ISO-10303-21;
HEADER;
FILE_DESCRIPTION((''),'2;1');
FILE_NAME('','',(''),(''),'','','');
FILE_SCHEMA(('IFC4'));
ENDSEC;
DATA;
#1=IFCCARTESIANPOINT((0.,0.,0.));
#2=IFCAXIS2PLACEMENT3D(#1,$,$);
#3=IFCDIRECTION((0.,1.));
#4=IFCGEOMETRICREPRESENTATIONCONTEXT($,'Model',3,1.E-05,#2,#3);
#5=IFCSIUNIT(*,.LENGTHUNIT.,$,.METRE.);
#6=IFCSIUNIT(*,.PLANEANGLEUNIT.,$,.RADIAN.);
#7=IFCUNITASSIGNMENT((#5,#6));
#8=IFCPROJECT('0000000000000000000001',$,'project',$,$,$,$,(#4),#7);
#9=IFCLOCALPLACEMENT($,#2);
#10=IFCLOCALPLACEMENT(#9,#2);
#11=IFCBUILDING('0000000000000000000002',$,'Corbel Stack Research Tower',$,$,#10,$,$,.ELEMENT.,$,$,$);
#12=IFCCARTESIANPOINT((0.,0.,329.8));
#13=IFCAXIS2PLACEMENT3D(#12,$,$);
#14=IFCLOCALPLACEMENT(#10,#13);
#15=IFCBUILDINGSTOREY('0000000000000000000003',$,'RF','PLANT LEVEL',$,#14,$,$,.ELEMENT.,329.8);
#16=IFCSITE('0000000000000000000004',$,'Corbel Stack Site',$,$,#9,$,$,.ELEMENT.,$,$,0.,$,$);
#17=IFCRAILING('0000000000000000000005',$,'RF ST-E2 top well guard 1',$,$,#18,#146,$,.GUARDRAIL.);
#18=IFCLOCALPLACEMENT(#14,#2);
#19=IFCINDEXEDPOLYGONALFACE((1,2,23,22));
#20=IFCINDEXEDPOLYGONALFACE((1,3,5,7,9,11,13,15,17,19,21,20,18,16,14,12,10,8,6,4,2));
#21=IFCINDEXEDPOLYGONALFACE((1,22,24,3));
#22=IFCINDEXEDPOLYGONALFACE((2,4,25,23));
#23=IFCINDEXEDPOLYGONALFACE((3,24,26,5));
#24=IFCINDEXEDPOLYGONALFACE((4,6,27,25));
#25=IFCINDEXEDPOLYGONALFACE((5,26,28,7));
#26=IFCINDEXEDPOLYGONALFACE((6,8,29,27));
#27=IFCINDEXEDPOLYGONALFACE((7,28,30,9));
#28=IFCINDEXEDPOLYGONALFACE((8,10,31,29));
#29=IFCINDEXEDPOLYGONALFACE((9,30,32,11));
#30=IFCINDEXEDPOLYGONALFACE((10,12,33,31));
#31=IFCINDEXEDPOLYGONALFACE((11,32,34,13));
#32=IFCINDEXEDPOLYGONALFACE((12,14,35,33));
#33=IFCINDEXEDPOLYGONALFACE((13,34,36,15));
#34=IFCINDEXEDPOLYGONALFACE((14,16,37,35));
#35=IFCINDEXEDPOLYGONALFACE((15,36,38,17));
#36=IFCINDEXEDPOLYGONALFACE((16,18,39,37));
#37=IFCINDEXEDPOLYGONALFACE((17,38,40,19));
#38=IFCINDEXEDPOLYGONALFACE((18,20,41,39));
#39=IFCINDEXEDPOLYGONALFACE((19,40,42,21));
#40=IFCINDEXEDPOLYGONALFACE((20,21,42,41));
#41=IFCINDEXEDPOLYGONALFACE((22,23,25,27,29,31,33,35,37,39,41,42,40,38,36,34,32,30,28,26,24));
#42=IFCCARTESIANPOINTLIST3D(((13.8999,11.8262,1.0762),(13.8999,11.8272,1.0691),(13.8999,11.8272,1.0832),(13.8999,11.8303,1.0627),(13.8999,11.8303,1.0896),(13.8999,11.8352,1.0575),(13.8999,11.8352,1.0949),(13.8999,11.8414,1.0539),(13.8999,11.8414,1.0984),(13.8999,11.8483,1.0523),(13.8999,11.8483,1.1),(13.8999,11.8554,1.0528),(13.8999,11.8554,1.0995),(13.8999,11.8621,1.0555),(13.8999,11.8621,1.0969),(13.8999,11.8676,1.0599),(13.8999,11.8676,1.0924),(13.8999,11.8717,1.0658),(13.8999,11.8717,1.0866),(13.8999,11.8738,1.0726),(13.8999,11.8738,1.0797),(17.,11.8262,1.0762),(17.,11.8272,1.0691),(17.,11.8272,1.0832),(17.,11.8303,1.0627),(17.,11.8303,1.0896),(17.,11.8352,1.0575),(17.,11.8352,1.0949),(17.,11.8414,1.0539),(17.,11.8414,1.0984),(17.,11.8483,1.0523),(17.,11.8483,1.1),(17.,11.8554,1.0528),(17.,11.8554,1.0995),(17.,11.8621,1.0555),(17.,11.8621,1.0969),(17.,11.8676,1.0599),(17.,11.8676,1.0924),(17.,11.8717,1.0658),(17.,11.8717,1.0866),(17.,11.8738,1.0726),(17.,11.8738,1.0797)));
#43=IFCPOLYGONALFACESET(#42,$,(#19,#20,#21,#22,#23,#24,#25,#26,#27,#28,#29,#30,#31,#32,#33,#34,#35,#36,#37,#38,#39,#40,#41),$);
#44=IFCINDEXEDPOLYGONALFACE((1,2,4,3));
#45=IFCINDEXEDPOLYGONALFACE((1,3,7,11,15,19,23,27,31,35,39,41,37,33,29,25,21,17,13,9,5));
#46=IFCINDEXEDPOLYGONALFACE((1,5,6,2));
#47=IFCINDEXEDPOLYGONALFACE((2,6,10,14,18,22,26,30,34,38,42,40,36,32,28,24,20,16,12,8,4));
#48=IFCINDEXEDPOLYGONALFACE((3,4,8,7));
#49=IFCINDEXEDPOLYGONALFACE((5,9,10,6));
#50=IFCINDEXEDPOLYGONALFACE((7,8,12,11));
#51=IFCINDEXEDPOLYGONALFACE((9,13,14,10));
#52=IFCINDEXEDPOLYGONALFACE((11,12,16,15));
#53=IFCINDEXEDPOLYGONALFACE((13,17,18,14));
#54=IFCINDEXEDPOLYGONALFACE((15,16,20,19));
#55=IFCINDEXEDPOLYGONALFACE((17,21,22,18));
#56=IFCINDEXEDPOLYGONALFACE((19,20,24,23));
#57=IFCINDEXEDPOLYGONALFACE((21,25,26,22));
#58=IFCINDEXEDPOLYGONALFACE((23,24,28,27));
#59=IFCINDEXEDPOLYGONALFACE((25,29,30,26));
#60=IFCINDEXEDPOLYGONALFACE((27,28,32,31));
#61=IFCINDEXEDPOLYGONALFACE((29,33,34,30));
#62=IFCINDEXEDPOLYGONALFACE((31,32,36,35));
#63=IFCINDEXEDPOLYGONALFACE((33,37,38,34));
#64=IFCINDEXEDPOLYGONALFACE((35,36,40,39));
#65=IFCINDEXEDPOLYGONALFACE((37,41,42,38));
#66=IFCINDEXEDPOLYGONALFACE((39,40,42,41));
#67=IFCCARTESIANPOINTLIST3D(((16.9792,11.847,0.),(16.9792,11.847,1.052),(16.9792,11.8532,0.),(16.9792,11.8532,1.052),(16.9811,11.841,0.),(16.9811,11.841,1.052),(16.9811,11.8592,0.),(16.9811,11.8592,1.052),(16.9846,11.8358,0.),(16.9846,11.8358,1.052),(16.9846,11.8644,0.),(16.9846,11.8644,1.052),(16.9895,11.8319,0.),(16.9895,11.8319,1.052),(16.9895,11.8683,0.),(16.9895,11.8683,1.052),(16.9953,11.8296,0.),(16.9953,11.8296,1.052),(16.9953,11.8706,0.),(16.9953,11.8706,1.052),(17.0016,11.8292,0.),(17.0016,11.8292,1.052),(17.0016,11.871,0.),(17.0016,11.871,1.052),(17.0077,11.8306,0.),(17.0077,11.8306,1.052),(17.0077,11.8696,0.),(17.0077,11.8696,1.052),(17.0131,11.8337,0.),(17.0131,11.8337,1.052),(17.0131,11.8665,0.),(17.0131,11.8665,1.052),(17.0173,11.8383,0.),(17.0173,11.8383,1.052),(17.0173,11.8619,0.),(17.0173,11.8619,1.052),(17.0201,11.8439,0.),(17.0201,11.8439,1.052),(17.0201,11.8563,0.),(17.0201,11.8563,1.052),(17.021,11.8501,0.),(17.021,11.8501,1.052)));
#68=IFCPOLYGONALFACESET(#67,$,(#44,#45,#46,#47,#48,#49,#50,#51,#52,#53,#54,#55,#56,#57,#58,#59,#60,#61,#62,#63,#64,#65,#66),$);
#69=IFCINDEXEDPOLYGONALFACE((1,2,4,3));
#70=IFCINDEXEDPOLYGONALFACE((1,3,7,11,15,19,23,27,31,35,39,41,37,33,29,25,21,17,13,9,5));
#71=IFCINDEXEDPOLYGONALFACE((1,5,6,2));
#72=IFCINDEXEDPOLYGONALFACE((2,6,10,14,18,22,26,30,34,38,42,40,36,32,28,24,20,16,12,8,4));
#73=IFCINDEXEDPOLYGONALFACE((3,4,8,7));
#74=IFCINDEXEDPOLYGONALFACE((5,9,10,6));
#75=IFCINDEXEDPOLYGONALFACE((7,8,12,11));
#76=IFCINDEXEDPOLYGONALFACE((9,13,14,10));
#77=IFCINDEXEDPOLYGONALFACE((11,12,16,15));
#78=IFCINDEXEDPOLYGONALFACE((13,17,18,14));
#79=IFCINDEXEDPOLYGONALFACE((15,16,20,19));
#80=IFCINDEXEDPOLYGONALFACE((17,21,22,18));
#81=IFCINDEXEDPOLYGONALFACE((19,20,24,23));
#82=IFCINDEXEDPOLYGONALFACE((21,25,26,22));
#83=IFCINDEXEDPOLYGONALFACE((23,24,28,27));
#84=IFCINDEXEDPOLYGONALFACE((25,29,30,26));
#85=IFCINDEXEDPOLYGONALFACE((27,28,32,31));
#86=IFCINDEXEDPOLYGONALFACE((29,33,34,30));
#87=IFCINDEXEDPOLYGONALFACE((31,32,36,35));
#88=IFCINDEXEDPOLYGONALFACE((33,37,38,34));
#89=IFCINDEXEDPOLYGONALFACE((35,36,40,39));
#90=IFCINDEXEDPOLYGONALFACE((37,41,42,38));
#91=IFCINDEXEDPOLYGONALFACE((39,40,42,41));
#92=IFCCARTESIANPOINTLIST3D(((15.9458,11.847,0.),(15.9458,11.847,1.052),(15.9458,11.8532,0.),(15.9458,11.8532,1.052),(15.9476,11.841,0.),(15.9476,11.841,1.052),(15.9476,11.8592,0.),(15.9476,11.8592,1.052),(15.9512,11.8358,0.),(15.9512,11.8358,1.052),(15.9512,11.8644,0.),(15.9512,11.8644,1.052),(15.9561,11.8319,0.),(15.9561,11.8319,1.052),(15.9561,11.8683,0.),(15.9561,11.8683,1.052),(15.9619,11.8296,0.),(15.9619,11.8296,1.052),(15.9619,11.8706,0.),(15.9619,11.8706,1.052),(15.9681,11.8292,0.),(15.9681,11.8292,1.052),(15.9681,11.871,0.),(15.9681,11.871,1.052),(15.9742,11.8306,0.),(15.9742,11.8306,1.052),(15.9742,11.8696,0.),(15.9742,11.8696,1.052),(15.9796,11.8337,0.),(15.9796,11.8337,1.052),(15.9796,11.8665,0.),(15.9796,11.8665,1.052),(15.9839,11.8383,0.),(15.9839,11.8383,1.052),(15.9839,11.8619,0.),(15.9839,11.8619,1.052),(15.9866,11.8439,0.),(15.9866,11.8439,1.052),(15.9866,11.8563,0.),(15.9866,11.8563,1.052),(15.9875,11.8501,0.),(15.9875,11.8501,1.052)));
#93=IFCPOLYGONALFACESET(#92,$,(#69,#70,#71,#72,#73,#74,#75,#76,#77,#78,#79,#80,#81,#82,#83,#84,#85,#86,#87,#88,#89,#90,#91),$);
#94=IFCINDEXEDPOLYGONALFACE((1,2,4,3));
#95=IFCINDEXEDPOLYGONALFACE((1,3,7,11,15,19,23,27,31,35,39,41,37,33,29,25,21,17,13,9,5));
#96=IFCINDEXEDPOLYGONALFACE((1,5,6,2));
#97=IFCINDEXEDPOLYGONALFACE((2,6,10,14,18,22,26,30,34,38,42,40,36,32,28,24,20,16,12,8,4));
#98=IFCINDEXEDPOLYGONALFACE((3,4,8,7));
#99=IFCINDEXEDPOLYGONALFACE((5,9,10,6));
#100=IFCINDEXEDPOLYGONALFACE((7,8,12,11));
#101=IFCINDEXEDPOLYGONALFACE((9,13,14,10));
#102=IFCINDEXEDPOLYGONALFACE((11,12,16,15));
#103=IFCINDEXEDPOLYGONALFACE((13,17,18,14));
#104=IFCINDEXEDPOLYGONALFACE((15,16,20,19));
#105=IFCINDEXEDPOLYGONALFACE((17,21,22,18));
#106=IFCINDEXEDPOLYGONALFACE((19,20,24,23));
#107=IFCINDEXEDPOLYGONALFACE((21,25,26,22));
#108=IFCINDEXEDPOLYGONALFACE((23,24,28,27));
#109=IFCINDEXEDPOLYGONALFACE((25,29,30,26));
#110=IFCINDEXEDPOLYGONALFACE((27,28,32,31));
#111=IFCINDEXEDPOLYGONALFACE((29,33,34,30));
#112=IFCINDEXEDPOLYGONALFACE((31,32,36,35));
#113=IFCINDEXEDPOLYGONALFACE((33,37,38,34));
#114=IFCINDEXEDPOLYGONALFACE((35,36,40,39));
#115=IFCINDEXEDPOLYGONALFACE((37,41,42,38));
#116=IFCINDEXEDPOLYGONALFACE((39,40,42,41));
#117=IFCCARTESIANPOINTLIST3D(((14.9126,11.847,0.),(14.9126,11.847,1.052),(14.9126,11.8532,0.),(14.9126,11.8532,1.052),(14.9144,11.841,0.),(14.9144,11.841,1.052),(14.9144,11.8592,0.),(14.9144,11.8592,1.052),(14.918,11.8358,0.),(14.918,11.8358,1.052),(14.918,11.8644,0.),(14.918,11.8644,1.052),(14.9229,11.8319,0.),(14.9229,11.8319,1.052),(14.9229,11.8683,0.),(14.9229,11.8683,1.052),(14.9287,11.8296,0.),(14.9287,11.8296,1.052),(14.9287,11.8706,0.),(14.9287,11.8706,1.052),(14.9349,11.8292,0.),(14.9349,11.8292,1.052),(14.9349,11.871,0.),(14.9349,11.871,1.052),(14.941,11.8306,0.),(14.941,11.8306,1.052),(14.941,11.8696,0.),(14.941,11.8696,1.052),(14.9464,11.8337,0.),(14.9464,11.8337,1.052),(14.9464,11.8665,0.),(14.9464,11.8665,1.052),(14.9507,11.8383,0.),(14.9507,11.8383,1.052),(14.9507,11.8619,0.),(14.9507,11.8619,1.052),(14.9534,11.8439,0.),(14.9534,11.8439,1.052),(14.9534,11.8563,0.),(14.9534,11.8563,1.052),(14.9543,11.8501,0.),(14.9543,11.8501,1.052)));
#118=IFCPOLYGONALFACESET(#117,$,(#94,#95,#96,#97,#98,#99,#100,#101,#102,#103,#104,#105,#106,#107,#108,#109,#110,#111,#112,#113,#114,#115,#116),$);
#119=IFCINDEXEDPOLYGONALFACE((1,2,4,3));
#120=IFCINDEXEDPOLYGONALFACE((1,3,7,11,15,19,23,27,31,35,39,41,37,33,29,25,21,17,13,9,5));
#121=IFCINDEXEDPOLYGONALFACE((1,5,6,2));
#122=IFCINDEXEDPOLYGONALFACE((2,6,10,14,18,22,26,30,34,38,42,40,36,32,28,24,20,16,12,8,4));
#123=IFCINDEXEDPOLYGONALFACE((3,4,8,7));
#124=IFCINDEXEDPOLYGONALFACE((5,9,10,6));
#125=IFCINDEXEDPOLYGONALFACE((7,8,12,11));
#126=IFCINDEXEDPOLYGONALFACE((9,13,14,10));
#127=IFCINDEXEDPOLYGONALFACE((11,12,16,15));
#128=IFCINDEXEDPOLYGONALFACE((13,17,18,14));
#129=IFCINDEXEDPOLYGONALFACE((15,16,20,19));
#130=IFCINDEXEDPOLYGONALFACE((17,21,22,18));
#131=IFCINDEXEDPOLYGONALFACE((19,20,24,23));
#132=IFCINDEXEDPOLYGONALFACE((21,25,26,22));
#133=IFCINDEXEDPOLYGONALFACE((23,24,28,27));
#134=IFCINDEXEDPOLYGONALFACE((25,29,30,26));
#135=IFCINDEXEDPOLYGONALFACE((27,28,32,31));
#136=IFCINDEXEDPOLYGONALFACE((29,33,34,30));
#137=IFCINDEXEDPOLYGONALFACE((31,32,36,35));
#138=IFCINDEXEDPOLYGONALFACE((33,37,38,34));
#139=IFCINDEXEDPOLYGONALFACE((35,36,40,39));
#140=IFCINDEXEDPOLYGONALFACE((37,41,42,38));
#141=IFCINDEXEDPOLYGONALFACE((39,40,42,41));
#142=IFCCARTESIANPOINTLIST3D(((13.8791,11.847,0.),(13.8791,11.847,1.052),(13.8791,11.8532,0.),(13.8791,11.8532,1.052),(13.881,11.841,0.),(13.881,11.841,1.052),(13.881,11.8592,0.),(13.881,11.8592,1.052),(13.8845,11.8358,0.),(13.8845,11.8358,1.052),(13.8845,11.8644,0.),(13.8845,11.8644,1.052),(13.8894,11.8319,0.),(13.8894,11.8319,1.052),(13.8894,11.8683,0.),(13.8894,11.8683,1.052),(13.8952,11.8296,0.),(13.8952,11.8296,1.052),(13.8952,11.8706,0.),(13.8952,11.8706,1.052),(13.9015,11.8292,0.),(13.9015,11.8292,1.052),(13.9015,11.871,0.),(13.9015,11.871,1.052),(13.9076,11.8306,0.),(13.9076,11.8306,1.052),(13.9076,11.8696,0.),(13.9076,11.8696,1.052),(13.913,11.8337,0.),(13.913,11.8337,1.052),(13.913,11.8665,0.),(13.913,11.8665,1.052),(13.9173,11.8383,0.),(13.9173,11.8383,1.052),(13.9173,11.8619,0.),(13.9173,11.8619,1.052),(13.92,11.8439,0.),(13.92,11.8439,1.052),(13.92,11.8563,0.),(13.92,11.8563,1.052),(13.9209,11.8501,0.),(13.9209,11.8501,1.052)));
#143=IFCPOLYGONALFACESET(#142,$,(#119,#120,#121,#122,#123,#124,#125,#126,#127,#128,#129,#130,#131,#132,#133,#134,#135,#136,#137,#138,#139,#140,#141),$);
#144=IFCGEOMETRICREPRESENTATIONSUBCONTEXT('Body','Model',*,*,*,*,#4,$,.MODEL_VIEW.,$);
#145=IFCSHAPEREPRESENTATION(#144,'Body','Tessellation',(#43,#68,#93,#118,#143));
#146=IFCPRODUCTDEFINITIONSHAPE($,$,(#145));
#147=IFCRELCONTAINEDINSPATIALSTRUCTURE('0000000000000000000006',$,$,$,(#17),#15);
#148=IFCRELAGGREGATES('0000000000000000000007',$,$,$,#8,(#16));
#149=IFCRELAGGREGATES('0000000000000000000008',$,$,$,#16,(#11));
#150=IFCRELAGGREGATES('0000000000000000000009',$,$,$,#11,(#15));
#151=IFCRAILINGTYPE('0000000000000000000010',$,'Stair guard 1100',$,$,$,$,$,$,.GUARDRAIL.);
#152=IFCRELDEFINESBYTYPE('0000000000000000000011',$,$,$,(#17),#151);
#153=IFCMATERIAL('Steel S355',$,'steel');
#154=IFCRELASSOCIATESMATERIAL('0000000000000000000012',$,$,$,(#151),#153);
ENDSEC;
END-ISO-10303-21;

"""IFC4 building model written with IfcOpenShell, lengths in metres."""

from ifc_helpers import new_model, si_unit, direction, frame, origin, origin_2d, place, context, subcontext, project, spatial, circle, extrude, material, type_object, element, save


model = new_model("IFC4")

# Units and contexts
model_context = context("Model", 3, precision=1e-05, world=origin(), true_north=direction((0.0, 1.0)))
body_context = subcontext(model_context, "Body", "Model", "MODEL_VIEW")
ifc_project = project(units=[si_unit("LENGTHUNIT", "METRE"), si_unit("PLANEANGLEUNIT", "RADIAN")], contexts=[model_context])

# Site, building, storey
site_placement = place(None, origin())
site = spatial("IfcSite", under=ifc_project, at=site_placement, Name="Corbel Stack Site", CompositionType="ELEMENT", RefElevation=0.0)
building_placement = place(site_placement, origin())
building = spatial("IfcBuilding", under=site, at=building_placement, Name="Corbel Stack Research Tower", CompositionType="ELEMENT")
storey_placement = place(building_placement, frame((0.0, 0.0, 329.8)))
storey = spatial("IfcBuildingStorey", under=building, at=storey_placement, Name="RF", Description="PLANT LEVEL", CompositionType="ELEMENT", Elevation=329.8)

# Railing
ifc_material_1 = material(Name="Steel S355", Category="steel")
railing_type = type_object("IfcRailingType", Name="Stair guard 1100", PredefinedType="GUARDRAIL", material=ifc_material_1)
railing_placement = place(storey_placement, frame((17.0, 11.8501, 0.0)))
element("IfcRailing", 1, at=railing_placement, inside=storey, type_object=railing_type, Name="RF ST-E2 top well guard 1", PredefinedType="GUARDRAIL", context=body_context, shape_type="SweptSolid", body=[
    extrude(circle(Radius=0.0239, at=origin_2d()), frame((0.0, 0.0, 1.0762), z_axis=(-1.0, 0.0, 0.0), x_axis=(0.0, -1.0, 0.0)), (0.0, 0.0, 1.0), 3.1001),
    extrude(circle(Radius=0.021, at=origin_2d()), origin(), (0.0, 0.0, 1.0), 1.052),
    extrude(circle(Radius=0.021, at=origin_2d()), frame((-1.0334, 0.0, 0.0)), (0.0, 0.0, 1.0), 1.052),
    extrude(circle(Radius=0.021, at=origin_2d()), frame((-2.0667, 0.0, 0.0)), (0.0, 0.0, 1.0), 1.052),
    extrude(circle(Radius=0.021, at=origin_2d()), frame((-3.1001, 0.0, 0.0)), (0.0, 0.0, 1.0), 1.052),
])

save(model, "model.ifc")
